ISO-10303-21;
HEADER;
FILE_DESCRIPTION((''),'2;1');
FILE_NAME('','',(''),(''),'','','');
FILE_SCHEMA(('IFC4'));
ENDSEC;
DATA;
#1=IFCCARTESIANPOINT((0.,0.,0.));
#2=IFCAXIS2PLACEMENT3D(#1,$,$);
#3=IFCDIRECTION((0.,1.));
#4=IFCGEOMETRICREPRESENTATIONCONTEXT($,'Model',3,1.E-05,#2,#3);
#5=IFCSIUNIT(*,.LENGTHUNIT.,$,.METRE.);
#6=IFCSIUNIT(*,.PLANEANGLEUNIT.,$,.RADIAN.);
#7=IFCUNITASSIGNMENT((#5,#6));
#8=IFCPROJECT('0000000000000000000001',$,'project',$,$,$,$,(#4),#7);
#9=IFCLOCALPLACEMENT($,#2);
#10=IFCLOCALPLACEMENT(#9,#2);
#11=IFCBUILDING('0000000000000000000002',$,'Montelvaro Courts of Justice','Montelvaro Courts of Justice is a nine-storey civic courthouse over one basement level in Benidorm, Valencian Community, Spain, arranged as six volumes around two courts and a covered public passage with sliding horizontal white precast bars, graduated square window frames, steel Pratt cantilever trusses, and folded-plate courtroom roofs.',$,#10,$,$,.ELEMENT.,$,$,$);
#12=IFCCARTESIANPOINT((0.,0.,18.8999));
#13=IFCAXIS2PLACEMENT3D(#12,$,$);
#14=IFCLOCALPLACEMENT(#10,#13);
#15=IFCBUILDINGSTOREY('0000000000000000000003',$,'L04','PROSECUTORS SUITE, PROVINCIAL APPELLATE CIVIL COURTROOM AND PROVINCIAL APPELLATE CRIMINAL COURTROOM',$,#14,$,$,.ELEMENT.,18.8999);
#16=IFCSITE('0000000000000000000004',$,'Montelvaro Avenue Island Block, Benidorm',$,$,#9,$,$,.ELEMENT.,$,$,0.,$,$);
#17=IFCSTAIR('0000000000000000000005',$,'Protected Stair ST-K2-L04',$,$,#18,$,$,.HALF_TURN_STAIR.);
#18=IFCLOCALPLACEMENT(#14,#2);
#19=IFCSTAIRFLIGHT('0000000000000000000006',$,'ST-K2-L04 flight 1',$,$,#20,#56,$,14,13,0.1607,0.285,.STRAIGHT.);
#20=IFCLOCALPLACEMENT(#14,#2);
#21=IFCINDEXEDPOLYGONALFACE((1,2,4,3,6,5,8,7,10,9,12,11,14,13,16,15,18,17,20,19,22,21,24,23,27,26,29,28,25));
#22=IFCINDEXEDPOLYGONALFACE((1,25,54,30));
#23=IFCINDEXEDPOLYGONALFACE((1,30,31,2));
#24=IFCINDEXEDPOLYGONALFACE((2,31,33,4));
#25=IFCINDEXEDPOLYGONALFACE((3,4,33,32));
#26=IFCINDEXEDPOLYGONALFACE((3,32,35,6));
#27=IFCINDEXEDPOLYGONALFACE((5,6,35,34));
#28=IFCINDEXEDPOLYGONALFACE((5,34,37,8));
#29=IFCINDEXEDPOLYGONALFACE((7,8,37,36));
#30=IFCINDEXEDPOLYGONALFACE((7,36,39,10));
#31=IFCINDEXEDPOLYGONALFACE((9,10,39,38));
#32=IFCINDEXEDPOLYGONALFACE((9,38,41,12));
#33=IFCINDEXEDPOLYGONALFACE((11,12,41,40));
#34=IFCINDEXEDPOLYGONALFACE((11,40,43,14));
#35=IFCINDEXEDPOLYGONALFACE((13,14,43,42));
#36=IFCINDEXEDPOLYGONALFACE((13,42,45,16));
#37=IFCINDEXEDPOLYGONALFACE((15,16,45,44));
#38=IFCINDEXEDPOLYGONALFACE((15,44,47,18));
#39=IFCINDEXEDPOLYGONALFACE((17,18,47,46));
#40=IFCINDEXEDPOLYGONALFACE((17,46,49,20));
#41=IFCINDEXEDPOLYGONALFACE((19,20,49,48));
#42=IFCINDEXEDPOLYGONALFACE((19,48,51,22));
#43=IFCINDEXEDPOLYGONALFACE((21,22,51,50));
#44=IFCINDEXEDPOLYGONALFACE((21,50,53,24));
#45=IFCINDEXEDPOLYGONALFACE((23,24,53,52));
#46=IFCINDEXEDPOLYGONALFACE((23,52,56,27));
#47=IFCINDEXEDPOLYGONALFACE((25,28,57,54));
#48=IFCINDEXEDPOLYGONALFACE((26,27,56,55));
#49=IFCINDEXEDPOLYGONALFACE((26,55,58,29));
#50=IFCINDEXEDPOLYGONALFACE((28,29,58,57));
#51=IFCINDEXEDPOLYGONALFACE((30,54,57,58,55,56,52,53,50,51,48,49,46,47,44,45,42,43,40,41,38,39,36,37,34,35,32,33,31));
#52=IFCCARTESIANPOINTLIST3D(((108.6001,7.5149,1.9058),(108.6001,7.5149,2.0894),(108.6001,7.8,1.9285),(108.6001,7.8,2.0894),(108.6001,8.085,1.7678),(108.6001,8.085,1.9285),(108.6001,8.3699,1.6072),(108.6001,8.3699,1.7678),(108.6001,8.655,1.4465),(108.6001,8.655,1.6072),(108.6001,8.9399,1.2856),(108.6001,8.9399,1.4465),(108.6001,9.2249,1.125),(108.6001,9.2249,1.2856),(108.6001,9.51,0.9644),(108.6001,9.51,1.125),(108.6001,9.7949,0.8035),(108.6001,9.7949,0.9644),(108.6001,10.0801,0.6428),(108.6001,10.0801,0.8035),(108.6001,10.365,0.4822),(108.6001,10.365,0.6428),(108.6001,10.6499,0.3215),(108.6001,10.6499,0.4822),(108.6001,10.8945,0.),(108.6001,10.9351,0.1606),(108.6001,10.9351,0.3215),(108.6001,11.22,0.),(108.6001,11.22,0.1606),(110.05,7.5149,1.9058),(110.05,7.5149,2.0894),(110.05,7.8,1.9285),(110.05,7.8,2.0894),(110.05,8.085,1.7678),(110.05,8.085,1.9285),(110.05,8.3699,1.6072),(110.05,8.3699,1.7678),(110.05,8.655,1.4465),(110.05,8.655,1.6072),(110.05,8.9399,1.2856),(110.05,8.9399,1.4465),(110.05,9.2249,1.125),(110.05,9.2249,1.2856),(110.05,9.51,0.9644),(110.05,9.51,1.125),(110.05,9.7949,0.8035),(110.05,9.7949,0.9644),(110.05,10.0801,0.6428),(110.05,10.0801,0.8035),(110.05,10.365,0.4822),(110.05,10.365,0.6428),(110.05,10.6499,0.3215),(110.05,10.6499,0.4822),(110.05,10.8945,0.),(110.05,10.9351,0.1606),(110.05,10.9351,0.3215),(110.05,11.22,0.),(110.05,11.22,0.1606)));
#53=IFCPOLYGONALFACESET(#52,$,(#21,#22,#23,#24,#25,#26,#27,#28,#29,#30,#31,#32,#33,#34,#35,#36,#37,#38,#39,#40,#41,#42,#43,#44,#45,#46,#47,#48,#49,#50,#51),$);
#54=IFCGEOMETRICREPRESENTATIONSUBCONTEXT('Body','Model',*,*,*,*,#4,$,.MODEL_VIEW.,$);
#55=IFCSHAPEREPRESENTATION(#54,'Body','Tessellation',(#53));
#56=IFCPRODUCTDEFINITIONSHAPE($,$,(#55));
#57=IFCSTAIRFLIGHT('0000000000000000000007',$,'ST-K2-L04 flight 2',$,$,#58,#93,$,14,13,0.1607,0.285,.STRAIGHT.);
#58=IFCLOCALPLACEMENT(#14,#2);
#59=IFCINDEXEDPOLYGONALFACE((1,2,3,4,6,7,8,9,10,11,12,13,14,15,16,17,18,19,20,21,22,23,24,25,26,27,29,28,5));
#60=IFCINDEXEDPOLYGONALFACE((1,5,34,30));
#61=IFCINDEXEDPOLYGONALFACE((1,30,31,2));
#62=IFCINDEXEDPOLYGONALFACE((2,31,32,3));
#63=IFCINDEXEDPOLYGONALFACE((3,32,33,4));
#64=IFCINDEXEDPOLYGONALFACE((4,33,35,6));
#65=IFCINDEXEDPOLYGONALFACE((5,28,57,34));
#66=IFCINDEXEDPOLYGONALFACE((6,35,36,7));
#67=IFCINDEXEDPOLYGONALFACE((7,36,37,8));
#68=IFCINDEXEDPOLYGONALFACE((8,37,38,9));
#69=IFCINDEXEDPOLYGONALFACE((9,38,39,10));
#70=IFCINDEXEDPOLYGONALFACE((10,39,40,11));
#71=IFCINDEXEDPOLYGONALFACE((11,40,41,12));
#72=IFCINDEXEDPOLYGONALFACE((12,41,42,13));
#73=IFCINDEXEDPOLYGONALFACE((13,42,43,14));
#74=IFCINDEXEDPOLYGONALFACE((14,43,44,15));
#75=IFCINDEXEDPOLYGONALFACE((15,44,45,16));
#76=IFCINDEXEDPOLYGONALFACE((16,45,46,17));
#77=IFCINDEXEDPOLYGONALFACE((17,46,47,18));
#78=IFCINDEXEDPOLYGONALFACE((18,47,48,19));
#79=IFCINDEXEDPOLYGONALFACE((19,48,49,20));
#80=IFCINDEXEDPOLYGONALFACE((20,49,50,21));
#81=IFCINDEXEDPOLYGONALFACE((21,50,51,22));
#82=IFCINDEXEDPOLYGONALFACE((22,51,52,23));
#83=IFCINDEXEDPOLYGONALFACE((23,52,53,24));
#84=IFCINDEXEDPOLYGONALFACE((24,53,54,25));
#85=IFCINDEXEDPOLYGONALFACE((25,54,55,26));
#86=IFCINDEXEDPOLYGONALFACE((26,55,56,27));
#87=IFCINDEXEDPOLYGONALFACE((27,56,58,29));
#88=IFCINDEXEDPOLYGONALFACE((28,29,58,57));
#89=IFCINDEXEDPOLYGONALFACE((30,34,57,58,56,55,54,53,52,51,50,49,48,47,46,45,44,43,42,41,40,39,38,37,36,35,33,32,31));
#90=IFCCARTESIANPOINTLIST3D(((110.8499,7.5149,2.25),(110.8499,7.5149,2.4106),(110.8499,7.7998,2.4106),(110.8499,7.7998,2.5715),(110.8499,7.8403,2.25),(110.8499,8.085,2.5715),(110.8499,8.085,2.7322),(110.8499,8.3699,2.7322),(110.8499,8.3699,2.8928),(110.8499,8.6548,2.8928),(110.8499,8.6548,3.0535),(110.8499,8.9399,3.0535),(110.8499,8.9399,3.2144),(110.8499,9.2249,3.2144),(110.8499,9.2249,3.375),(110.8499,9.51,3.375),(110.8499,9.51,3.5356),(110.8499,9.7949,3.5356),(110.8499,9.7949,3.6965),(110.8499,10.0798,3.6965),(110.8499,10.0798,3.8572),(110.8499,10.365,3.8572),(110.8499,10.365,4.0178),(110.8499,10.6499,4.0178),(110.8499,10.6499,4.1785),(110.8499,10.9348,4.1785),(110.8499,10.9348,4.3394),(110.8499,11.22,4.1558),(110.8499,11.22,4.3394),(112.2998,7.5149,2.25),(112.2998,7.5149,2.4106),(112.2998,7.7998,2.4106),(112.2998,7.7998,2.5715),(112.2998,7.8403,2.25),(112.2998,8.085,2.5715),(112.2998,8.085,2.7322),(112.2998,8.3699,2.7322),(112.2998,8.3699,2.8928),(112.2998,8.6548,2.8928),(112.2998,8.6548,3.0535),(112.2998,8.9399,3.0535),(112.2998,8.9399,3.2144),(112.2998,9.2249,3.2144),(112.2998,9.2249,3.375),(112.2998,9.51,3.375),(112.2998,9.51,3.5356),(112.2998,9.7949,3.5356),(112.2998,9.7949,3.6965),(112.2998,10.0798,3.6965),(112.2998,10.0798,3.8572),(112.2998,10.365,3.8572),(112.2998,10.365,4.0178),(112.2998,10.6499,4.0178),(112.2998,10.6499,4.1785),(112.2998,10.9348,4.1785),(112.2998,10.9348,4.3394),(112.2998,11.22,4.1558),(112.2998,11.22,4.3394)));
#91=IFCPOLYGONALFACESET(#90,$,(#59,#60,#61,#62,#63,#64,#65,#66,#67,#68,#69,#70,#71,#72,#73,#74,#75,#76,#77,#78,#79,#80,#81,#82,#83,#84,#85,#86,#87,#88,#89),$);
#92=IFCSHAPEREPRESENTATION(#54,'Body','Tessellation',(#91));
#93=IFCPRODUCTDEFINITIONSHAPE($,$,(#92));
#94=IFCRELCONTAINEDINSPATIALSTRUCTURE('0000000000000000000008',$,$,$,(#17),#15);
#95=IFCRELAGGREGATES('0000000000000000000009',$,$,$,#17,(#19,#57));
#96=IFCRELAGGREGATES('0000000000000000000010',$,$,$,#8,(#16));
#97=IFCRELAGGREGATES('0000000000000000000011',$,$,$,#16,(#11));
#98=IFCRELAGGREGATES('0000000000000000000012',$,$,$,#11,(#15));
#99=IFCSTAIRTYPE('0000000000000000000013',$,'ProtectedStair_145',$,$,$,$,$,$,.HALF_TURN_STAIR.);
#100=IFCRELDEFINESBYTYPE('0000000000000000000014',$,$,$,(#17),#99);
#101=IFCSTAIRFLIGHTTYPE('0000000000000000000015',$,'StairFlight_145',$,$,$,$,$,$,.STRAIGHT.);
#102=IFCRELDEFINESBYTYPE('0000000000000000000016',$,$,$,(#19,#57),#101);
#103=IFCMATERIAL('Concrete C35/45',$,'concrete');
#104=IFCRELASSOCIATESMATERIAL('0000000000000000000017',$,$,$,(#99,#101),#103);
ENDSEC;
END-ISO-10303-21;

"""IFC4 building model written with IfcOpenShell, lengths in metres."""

from ifc_helpers import new_model, si_unit, direction, frame, origin, place, context, subcontext, project, spatial, polyline, outline, extrude, material, type_object, element, aggregate, save


model = new_model("IFC4")

# Units and contexts
model_context = context("Model", 3, precision=1e-05, world=origin(), true_north=direction((0.0, 1.0)))
body_context = subcontext(model_context, "Body", "Model", "MODEL_VIEW")
ifc_project = project(units=[si_unit("LENGTHUNIT", "METRE"), si_unit("PLANEANGLEUNIT", "RADIAN")], contexts=[model_context])

# Site, building, storey
site_placement = place(None, origin())
site = spatial("IfcSite", under=ifc_project, at=site_placement, Name="Montelvaro Avenue Island Block, Benidorm", CompositionType="ELEMENT", RefElevation=0.0)
building_placement = place(site_placement, origin())
building = spatial("IfcBuilding", under=site, at=building_placement, Name="Montelvaro Courts of Justice", Description="Montelvaro Courts of Justice is a nine-storey civic courthouse over one basement level in Benidorm, Valencian Community, Spain, arranged as six volumes around two courts and a covered public passage with sliding horizontal white precast bars, graduated square window frames, steel Pratt cantilever trusses, and folded-plate courtroom roofs.", CompositionType="ELEMENT")
storey_placement = place(building_placement, frame((0.0, 0.0, 18.8999)))
storey = spatial("IfcBuildingStorey", under=building, at=storey_placement, Name="L04", Description="PROSECUTORS SUITE, PROVINCIAL APPELLATE CIVIL COURTROOM AND PROVINCIAL APPELLATE CRIMINAL COURTROOM", CompositionType="ELEMENT", Elevation=18.8999)

# Shared definitions
ifc_material_1 = material(Name="Concrete C35/45", Category="concrete")

# Stair, stair flights
stair_type = type_object("IfcStairType", Name="ProtectedStair_145", PredefinedType="HALF_TURN_STAIR", material=ifc_material_1)
stair_placement = place(storey_placement, origin())
stair = element("IfcStair", 1, at=stair_placement, inside=storey, type_object=stair_type, Name="Protected Stair ST-K2-L04", PredefinedType="HALF_TURN_STAIR")
stair_flight_type = type_object("IfcStairFlightType", Name="StairFlight_145", PredefinedType="STRAIGHT", material=ifc_material_1)
stair_flight_1_placement = place(storey_placement, frame((109.325, 11.22, 0.0), z_axis=(0.0, 0.0, 1.0), x_axis=(0.0, -1.0, 0.0)))
stair_flight_1 = element("IfcStairFlight", 2, at=stair_flight_1_placement, type_object=stair_flight_type, Name="ST-K2-L04 flight 1", NumberOfRisers=14, NumberOfTreads=13, PredefinedType="STRAIGHT", RiserHeight=0.1607, TreadLength=0.285, context=body_context, shape_type="SweptSolid", body=[
    extrude(outline(polyline([(0.0, 0.0), (0.0, 0.1606), (0.2849, 0.1606), (0.2849, 0.3215), (0.5701, 0.3215), (0.5701, 0.4822), (0.855, 0.4822), (0.855, 0.6428), (1.1399, 0.6428), (1.1399, 0.8035), (1.425, 0.8035), (1.425, 0.9644), (1.71, 0.9644), (1.71, 1.125), (1.9951, 1.125), (1.9951, 1.2856), (2.28, 1.2856), (2.28, 1.4465), (2.5649, 1.4465), (2.5649, 1.6072), (2.8501, 1.6072), (2.8501, 1.7678), (3.135, 1.7678), (3.135, 1.9285), (3.4199, 1.9285), (3.4199, 2.0894), (3.7051, 2.0894), (3.7051, 2.25), (3.7051, 1.9058), (0.3254, 0.0), (0.0, 0.0)])), frame((0.0, 0.7251, 0.0), z_axis=(0.0, -1.0, 0.0), x_axis=(1.0, 0.0, 0.0)), (0.0, 0.0, 1.0), 1.45),
])
stair_flight_2_placement = place(storey_placement, frame((111.575, 7.5149, 2.25), z_axis=(0.0, 0.0, 1.0), x_axis=(0.0, 1.0, 0.0)))
stair_flight_2 = element("IfcStairFlight", 3, at=stair_flight_2_placement, type_object=stair_flight_type, Name="ST-K2-L04 flight 2", NumberOfRisers=14, NumberOfTreads=13, PredefinedType="STRAIGHT", RiserHeight=0.1607, TreadLength=0.285, context=body_context, shape_type="SweptSolid", body=[
    extrude(outline(polyline([(0.0, 0.0), (0.0, 0.1606), (0.2849, 0.1606), (0.2849, 0.3215), (0.5701, 0.3215), (0.5701, 0.4822), (0.855, 0.4822), (0.855, 0.6428), (1.1399, 0.6428), (1.1399, 0.8035), (1.425, 0.8035), (1.425, 0.9644), (1.71, 0.9644), (1.71, 1.125), (1.9951, 1.125), (1.9951, 1.2856), (2.28, 1.2856), (2.28, 1.4465), (2.5649, 1.4465), (2.5649, 1.6072), (2.8501, 1.6072), (2.8501, 1.7678), (3.135, 1.7678), (3.135, 1.9285), (3.4199, 1.9285), (3.4199, 2.0894), (3.7051, 2.0894), (3.7051, 2.25), (3.7051, 1.9058), (0.3254, 0.0), (0.0, 0.0)])), frame((0.0, 0.7251, 0.0), z_axis=(0.0, -1.0, 0.0), x_axis=(1.0, 0.0, 0.0)), (0.0, 0.0, 1.0), 1.45),
])
aggregate(stair, [stair_flight_1, stair_flight_2])

save(model, "model.ifc")
